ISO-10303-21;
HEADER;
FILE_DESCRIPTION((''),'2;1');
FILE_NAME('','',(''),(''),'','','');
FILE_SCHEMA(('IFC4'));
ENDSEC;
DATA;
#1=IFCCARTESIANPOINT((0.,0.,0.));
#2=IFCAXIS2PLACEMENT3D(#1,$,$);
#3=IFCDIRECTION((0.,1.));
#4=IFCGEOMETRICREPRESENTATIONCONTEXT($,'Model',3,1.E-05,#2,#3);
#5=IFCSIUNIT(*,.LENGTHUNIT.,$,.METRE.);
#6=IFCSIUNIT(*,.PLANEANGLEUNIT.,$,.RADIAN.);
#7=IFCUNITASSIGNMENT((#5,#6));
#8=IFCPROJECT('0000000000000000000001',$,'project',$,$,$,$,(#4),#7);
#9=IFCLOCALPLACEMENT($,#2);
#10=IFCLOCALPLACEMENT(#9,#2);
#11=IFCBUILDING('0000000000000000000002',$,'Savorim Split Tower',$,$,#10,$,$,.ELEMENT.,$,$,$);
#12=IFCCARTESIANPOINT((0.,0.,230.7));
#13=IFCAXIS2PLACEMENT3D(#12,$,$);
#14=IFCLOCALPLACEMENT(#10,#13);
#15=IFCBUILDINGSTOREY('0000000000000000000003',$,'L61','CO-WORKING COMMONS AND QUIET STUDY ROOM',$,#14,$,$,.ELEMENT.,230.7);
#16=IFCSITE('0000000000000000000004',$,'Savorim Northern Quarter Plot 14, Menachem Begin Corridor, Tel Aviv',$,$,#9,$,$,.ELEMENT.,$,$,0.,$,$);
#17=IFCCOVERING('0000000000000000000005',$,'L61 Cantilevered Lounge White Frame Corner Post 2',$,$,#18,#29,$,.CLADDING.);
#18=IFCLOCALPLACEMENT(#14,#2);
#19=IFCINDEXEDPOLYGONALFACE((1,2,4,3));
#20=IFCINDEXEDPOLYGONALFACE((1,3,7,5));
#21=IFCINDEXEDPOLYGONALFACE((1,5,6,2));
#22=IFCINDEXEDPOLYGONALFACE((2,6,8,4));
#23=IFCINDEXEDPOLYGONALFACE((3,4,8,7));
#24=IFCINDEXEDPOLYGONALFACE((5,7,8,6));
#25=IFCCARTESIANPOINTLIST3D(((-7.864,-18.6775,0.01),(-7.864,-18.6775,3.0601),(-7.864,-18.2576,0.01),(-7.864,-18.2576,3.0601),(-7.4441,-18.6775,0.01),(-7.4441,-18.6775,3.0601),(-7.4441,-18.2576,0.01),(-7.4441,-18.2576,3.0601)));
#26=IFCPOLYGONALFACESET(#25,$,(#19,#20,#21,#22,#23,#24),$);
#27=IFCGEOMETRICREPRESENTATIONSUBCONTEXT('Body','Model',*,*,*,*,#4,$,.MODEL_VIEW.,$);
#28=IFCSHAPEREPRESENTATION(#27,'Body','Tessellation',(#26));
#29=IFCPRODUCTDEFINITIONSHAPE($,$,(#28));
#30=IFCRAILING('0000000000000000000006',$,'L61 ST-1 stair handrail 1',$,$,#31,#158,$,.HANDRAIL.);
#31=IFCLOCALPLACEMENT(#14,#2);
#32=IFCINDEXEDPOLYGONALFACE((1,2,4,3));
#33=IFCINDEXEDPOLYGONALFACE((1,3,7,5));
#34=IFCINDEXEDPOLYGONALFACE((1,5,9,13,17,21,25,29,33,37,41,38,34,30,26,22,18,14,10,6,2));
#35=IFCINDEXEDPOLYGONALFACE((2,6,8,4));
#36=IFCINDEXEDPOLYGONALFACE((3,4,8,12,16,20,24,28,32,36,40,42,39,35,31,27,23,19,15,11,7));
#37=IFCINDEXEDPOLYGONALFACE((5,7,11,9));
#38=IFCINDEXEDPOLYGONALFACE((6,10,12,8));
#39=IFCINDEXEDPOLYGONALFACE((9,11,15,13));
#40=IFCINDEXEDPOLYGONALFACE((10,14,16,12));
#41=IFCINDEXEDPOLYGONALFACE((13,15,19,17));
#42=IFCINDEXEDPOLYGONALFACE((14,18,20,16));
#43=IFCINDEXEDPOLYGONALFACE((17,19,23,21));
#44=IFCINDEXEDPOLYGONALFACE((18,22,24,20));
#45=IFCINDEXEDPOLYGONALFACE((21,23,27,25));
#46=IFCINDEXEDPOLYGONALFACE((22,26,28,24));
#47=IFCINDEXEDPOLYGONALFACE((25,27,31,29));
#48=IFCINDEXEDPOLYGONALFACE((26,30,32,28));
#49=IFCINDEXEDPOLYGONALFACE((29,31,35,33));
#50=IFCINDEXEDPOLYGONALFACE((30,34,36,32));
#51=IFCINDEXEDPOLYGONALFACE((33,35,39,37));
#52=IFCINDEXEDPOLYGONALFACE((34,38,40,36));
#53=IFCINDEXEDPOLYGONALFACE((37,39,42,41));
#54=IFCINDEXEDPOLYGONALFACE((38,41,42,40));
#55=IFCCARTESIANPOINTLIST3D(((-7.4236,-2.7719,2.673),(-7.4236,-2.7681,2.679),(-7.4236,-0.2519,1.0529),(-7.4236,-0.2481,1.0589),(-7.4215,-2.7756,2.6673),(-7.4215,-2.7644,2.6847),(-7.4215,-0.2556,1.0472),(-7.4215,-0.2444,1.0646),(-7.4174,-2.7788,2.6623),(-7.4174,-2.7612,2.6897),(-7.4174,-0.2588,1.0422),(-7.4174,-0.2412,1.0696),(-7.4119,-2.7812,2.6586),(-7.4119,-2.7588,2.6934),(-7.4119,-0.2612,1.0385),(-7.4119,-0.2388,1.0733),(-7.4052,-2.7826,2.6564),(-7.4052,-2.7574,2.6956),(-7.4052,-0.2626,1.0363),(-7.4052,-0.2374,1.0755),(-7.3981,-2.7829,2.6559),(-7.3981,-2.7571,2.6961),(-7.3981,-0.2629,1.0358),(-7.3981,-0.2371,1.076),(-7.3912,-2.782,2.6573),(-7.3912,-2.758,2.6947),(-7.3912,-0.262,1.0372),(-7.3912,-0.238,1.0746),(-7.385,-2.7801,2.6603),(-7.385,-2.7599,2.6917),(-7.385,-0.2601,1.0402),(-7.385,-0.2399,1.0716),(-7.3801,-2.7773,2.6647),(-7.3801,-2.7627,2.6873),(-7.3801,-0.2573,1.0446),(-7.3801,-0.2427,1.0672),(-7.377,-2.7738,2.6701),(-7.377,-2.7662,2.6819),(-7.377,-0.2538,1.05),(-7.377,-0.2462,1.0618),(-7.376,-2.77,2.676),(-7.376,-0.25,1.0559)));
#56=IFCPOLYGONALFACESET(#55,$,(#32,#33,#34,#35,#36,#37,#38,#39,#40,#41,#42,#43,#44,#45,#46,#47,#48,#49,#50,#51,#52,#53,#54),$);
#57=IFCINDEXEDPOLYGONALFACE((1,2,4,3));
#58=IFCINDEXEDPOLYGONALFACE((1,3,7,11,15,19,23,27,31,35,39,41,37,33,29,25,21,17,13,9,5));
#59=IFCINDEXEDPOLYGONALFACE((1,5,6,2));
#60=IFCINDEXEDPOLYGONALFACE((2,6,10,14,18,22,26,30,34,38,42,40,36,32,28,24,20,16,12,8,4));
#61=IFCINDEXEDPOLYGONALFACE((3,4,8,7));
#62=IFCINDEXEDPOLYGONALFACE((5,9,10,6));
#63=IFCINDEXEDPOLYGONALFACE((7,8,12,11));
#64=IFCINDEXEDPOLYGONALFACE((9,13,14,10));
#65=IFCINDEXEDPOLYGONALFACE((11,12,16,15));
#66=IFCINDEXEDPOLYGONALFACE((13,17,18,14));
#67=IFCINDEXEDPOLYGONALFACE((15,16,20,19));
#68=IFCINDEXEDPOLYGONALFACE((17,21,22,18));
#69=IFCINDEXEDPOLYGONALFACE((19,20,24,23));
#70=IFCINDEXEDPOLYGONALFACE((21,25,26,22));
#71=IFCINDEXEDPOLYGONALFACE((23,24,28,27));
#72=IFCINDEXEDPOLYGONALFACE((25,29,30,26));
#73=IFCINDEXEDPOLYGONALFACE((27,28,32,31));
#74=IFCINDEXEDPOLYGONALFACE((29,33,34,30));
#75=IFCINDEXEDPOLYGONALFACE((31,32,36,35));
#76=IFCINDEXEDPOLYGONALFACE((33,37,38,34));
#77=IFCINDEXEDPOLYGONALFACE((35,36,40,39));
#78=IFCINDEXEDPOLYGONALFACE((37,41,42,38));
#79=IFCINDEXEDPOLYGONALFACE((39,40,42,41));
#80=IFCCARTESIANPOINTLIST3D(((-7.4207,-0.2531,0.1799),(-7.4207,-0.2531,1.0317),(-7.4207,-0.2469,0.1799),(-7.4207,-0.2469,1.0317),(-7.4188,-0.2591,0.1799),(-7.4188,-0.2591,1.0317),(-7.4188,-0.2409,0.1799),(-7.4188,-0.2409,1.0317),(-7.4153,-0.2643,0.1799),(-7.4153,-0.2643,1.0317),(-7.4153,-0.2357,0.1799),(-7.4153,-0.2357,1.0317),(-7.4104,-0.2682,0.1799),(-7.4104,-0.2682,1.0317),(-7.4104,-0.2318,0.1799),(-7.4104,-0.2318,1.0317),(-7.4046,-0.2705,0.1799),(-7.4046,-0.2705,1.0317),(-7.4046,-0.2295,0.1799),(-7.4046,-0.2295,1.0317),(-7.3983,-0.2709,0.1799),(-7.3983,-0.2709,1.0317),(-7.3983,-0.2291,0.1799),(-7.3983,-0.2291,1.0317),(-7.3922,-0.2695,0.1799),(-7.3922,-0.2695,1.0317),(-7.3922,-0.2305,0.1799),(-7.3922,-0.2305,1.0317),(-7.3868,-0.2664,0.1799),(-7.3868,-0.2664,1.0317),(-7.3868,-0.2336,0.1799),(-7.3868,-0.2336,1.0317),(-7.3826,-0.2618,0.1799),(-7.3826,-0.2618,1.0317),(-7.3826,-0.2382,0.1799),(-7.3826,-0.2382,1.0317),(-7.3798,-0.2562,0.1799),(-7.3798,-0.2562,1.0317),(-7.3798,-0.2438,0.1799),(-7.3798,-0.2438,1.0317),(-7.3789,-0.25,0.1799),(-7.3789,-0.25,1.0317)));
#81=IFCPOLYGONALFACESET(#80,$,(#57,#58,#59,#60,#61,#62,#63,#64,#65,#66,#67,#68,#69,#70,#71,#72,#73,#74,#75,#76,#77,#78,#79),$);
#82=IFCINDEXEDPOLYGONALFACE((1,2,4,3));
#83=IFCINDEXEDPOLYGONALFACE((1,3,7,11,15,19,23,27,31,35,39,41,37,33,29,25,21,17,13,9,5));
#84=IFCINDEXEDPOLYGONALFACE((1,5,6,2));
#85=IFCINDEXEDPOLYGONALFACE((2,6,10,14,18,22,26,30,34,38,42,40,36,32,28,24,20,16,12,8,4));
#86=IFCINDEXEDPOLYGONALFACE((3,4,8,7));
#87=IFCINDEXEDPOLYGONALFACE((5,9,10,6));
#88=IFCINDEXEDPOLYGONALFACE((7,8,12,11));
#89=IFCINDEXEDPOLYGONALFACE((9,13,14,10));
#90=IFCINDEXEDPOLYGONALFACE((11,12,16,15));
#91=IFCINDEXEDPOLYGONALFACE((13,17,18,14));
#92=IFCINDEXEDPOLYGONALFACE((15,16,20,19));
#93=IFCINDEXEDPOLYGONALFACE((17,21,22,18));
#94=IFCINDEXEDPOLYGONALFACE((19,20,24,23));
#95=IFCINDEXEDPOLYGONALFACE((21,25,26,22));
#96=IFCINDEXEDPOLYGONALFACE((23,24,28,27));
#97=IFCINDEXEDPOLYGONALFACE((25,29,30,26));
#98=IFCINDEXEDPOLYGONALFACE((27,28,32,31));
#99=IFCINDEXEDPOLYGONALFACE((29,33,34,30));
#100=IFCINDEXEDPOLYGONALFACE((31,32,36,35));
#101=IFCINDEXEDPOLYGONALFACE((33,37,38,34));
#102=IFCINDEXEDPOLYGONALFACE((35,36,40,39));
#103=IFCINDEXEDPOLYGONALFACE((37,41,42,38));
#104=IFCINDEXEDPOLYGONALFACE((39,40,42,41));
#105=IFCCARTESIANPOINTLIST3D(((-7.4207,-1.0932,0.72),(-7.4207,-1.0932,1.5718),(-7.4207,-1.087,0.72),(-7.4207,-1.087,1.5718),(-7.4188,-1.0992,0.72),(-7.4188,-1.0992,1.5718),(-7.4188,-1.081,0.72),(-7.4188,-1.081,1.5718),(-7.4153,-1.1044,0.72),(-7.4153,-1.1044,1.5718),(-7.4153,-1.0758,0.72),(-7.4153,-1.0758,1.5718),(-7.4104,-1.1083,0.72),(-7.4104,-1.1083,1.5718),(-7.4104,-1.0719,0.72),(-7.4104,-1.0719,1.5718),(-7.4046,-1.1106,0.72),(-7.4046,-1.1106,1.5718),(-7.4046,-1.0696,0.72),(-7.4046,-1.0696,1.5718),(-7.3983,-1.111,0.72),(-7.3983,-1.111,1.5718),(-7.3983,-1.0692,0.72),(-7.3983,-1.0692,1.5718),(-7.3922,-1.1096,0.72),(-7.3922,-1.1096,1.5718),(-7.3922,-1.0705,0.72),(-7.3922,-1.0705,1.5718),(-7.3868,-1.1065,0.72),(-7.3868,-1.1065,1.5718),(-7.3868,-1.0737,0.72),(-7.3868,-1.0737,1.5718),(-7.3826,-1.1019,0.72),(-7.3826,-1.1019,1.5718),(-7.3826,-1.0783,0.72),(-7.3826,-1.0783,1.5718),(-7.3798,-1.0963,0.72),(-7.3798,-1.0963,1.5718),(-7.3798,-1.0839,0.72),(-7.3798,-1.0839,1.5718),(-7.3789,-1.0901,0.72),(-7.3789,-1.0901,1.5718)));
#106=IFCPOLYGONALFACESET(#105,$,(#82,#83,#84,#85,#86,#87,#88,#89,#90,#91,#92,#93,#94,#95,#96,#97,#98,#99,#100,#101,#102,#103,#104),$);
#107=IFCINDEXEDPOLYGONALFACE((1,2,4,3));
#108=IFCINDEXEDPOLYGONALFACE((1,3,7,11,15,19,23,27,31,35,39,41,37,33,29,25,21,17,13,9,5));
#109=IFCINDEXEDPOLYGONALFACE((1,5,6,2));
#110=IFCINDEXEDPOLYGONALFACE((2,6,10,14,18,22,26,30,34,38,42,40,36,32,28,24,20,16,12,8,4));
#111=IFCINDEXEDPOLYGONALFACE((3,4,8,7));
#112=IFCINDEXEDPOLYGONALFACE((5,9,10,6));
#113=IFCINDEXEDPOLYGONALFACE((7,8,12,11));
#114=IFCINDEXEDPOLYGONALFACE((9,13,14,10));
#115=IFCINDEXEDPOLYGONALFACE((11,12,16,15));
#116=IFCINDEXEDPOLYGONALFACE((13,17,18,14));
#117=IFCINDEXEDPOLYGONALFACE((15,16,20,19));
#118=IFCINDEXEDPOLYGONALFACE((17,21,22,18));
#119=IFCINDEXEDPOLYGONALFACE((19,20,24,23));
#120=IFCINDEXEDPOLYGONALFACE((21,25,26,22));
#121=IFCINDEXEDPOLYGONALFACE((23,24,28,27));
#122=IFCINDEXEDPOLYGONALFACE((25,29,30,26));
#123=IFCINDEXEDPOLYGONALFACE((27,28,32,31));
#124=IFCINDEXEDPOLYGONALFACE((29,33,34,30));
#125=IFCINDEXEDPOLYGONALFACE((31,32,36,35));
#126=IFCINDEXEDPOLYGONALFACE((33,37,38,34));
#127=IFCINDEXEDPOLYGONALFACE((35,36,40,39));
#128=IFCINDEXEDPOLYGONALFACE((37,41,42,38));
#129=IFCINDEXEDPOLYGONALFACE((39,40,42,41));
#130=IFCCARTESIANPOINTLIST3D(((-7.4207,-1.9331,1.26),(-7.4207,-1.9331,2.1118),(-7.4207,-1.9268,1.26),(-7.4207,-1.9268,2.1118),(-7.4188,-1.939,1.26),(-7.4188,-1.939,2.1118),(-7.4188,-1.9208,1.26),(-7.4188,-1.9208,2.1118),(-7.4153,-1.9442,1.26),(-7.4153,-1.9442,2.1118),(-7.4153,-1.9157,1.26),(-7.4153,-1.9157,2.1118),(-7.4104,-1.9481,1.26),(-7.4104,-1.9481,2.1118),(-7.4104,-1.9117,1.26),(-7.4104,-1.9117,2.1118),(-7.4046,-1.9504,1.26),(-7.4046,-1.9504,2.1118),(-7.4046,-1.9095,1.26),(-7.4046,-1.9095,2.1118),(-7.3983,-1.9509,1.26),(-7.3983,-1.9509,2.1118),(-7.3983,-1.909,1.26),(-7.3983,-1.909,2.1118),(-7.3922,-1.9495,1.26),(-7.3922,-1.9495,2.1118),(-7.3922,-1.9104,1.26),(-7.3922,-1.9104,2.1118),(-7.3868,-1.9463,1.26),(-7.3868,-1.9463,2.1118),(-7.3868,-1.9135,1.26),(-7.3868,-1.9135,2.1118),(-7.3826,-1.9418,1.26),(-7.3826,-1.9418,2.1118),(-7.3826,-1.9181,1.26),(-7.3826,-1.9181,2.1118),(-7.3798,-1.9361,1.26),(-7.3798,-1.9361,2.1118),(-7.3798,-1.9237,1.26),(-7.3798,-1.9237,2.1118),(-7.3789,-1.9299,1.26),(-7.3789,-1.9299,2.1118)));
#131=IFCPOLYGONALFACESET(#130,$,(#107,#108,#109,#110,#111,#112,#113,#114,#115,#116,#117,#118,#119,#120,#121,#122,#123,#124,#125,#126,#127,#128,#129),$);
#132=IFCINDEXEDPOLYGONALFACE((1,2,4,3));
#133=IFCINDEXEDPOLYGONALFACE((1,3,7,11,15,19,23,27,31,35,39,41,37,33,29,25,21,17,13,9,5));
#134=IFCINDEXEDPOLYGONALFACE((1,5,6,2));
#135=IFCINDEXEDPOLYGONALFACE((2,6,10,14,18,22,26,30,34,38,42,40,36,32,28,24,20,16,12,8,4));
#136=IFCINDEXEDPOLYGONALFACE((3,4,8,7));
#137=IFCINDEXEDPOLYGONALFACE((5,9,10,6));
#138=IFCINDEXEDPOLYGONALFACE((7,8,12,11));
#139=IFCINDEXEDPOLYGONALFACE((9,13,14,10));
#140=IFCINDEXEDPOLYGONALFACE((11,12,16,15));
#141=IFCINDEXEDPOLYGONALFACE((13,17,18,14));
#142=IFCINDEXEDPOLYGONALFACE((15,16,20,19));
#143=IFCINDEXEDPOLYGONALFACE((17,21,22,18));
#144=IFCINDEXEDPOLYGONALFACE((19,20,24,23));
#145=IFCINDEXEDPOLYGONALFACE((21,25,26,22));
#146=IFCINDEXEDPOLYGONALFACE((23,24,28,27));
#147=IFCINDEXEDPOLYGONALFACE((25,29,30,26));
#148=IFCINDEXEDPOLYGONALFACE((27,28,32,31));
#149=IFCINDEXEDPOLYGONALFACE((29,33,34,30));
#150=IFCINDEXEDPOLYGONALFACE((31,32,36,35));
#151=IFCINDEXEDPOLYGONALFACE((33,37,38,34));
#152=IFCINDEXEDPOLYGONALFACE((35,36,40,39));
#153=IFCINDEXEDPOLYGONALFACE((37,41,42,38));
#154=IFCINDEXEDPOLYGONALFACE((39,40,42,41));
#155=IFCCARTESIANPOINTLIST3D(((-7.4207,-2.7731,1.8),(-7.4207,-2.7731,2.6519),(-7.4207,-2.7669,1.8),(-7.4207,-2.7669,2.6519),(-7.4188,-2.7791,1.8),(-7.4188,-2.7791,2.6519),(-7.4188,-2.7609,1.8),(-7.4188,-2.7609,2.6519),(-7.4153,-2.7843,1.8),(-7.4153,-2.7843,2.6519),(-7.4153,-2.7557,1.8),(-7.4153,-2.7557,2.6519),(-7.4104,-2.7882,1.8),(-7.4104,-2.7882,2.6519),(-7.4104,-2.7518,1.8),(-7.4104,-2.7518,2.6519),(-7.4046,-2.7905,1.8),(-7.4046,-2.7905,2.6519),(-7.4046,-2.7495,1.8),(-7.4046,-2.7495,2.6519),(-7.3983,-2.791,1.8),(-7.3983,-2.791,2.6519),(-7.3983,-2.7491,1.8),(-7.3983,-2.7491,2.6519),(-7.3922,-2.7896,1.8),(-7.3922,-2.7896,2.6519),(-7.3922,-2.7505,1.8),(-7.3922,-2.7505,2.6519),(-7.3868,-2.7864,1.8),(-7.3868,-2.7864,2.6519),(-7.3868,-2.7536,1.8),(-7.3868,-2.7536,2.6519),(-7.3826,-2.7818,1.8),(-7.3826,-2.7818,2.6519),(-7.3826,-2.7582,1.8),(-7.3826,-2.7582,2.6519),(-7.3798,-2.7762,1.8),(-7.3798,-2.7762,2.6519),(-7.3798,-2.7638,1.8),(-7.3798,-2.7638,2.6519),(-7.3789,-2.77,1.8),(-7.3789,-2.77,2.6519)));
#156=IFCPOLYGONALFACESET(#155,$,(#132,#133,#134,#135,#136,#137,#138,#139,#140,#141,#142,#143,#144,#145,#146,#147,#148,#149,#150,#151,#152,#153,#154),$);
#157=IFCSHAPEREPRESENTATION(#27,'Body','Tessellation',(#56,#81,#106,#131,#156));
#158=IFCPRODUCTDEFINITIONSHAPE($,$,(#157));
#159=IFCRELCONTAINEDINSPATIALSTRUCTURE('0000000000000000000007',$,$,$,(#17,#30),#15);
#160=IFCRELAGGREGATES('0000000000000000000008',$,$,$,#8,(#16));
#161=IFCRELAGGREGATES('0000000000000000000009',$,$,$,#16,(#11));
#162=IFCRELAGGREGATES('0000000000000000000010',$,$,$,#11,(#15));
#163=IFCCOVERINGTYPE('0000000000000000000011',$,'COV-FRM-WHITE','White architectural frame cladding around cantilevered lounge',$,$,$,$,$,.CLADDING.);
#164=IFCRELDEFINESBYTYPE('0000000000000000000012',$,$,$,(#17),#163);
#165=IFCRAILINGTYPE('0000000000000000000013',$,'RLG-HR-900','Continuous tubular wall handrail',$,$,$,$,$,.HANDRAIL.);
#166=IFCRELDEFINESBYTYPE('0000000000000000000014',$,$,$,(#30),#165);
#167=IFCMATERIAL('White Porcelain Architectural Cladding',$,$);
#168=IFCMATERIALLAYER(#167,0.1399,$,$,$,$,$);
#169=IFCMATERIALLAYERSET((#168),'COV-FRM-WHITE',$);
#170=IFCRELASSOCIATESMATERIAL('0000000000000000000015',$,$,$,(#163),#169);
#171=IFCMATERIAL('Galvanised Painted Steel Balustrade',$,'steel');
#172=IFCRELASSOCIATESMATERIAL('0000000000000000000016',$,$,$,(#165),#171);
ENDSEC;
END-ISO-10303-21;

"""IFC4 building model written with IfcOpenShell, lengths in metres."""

from ifc_helpers import new_model, si_unit, direction, frame, origin, origin_2d, place, context, subcontext, project, spatial, polyline, circle, outline, extrude, material, layer, layer_set, type_object, element, save


model = new_model("IFC4")

# Units and contexts
model_context = context("Model", 3, precision=1e-05, world=origin(), true_north=direction((0.0, 1.0)))
body_context = subcontext(model_context, "Body", "Model", "MODEL_VIEW")
ifc_project = project(units=[si_unit("LENGTHUNIT", "METRE"), si_unit("PLANEANGLEUNIT", "RADIAN")], contexts=[model_context])

# Site, building, storey
site_placement = place(None, origin())
site = spatial("IfcSite", under=ifc_project, at=site_placement, Name="Savorim Northern Quarter Plot 14, Menachem Begin Corridor, Tel Aviv", CompositionType="ELEMENT", RefElevation=0.0)
building_placement = place(site_placement, origin())
building = spatial("IfcBuilding", under=site, at=building_placement, Name="Savorim Split Tower", CompositionType="ELEMENT")
storey_placement = place(building_placement, frame((0.0, 0.0, 230.7)))
storey = spatial("IfcBuildingStorey", under=building, at=storey_placement, Name="L61", Description="CO-WORKING COMMONS AND QUIET STUDY ROOM", CompositionType="ELEMENT", Elevation=230.7)

# Covering
ifc_material_1 = material(Name="White Porcelain Architectural Cladding")
ifc_layer_1 = layer(ifc_material_1, 0.1399)
ifc_layer_set_1 = layer_set([ifc_layer_1], Name="COV-FRM-WHITE")
covering_type_1 = type_object("IfcCoveringType", Name="COV-FRM-WHITE", Description="White architectural frame cladding around cantilevered lounge", PredefinedType="CLADDING", material=ifc_layer_set_1)
covering_1_placement = place(storey_placement, frame((0.0, 0.0, 0.01)))
element("IfcCovering", 1, at=covering_1_placement, inside=storey, type_object=covering_type_1, Name="L61 Cantilevered Lounge White Frame Corner Post 2", PredefinedType="CLADDING", context=body_context, shape_type="SweptSolid", body=[
    extrude(outline(polyline([(-7.864, -18.6775), (-7.4441, -18.6775), (-7.4441, -18.2576), (-7.864, -18.2576), (-7.864, -18.6775)])), origin(), (0.0, 0.0, 1.0), 3.05),
])

# Railing
ifc_material_2 = material(Name="Galvanised Painted Steel Balustrade", Category="steel")
railing_type_1 = type_object("IfcRailingType", Name="RLG-HR-900", Description="Continuous tubular wall handrail", PredefinedType="HANDRAIL", material=ifc_material_2)
railing_1_placement = place(storey_placement, frame((-7.3999, -0.25, 0.1799)))
element("IfcRailing", 2, at=railing_1_placement, inside=storey, type_object=railing_type_1, Name="L61 ST-1 stair handrail 1", PredefinedType="HANDRAIL", context=body_context, shape_type="SweptSolid", body=[
    extrude(circle(Radius=0.0239, at=origin_2d()), frame((0.0, 0.0, 0.876), z_axis=(0.0, -0.841163, 0.540782), x_axis=(1.0, 0.0, 0.0)), (0.0, 0.0, 1.0), 2.9958),
    extrude(circle(Radius=0.021, at=origin_2d()), origin(), (0.0, 0.0, 1.0), 0.8518),
    extrude(circle(Radius=0.021, at=origin_2d()), frame((0.0, -0.8401, 0.54)), (0.0, 0.0, 1.0), 0.8518),
    extrude(circle(Radius=0.021, at=origin_2d()), frame((0.0, -1.6799, 1.0801)), (0.0, 0.0, 1.0), 0.8518),
    extrude(circle(Radius=0.021, at=origin_2d()), frame((0.0, -2.52, 1.6201)), (0.0, 0.0, 1.0), 0.8518),
])

save(model, "model.ifc")
